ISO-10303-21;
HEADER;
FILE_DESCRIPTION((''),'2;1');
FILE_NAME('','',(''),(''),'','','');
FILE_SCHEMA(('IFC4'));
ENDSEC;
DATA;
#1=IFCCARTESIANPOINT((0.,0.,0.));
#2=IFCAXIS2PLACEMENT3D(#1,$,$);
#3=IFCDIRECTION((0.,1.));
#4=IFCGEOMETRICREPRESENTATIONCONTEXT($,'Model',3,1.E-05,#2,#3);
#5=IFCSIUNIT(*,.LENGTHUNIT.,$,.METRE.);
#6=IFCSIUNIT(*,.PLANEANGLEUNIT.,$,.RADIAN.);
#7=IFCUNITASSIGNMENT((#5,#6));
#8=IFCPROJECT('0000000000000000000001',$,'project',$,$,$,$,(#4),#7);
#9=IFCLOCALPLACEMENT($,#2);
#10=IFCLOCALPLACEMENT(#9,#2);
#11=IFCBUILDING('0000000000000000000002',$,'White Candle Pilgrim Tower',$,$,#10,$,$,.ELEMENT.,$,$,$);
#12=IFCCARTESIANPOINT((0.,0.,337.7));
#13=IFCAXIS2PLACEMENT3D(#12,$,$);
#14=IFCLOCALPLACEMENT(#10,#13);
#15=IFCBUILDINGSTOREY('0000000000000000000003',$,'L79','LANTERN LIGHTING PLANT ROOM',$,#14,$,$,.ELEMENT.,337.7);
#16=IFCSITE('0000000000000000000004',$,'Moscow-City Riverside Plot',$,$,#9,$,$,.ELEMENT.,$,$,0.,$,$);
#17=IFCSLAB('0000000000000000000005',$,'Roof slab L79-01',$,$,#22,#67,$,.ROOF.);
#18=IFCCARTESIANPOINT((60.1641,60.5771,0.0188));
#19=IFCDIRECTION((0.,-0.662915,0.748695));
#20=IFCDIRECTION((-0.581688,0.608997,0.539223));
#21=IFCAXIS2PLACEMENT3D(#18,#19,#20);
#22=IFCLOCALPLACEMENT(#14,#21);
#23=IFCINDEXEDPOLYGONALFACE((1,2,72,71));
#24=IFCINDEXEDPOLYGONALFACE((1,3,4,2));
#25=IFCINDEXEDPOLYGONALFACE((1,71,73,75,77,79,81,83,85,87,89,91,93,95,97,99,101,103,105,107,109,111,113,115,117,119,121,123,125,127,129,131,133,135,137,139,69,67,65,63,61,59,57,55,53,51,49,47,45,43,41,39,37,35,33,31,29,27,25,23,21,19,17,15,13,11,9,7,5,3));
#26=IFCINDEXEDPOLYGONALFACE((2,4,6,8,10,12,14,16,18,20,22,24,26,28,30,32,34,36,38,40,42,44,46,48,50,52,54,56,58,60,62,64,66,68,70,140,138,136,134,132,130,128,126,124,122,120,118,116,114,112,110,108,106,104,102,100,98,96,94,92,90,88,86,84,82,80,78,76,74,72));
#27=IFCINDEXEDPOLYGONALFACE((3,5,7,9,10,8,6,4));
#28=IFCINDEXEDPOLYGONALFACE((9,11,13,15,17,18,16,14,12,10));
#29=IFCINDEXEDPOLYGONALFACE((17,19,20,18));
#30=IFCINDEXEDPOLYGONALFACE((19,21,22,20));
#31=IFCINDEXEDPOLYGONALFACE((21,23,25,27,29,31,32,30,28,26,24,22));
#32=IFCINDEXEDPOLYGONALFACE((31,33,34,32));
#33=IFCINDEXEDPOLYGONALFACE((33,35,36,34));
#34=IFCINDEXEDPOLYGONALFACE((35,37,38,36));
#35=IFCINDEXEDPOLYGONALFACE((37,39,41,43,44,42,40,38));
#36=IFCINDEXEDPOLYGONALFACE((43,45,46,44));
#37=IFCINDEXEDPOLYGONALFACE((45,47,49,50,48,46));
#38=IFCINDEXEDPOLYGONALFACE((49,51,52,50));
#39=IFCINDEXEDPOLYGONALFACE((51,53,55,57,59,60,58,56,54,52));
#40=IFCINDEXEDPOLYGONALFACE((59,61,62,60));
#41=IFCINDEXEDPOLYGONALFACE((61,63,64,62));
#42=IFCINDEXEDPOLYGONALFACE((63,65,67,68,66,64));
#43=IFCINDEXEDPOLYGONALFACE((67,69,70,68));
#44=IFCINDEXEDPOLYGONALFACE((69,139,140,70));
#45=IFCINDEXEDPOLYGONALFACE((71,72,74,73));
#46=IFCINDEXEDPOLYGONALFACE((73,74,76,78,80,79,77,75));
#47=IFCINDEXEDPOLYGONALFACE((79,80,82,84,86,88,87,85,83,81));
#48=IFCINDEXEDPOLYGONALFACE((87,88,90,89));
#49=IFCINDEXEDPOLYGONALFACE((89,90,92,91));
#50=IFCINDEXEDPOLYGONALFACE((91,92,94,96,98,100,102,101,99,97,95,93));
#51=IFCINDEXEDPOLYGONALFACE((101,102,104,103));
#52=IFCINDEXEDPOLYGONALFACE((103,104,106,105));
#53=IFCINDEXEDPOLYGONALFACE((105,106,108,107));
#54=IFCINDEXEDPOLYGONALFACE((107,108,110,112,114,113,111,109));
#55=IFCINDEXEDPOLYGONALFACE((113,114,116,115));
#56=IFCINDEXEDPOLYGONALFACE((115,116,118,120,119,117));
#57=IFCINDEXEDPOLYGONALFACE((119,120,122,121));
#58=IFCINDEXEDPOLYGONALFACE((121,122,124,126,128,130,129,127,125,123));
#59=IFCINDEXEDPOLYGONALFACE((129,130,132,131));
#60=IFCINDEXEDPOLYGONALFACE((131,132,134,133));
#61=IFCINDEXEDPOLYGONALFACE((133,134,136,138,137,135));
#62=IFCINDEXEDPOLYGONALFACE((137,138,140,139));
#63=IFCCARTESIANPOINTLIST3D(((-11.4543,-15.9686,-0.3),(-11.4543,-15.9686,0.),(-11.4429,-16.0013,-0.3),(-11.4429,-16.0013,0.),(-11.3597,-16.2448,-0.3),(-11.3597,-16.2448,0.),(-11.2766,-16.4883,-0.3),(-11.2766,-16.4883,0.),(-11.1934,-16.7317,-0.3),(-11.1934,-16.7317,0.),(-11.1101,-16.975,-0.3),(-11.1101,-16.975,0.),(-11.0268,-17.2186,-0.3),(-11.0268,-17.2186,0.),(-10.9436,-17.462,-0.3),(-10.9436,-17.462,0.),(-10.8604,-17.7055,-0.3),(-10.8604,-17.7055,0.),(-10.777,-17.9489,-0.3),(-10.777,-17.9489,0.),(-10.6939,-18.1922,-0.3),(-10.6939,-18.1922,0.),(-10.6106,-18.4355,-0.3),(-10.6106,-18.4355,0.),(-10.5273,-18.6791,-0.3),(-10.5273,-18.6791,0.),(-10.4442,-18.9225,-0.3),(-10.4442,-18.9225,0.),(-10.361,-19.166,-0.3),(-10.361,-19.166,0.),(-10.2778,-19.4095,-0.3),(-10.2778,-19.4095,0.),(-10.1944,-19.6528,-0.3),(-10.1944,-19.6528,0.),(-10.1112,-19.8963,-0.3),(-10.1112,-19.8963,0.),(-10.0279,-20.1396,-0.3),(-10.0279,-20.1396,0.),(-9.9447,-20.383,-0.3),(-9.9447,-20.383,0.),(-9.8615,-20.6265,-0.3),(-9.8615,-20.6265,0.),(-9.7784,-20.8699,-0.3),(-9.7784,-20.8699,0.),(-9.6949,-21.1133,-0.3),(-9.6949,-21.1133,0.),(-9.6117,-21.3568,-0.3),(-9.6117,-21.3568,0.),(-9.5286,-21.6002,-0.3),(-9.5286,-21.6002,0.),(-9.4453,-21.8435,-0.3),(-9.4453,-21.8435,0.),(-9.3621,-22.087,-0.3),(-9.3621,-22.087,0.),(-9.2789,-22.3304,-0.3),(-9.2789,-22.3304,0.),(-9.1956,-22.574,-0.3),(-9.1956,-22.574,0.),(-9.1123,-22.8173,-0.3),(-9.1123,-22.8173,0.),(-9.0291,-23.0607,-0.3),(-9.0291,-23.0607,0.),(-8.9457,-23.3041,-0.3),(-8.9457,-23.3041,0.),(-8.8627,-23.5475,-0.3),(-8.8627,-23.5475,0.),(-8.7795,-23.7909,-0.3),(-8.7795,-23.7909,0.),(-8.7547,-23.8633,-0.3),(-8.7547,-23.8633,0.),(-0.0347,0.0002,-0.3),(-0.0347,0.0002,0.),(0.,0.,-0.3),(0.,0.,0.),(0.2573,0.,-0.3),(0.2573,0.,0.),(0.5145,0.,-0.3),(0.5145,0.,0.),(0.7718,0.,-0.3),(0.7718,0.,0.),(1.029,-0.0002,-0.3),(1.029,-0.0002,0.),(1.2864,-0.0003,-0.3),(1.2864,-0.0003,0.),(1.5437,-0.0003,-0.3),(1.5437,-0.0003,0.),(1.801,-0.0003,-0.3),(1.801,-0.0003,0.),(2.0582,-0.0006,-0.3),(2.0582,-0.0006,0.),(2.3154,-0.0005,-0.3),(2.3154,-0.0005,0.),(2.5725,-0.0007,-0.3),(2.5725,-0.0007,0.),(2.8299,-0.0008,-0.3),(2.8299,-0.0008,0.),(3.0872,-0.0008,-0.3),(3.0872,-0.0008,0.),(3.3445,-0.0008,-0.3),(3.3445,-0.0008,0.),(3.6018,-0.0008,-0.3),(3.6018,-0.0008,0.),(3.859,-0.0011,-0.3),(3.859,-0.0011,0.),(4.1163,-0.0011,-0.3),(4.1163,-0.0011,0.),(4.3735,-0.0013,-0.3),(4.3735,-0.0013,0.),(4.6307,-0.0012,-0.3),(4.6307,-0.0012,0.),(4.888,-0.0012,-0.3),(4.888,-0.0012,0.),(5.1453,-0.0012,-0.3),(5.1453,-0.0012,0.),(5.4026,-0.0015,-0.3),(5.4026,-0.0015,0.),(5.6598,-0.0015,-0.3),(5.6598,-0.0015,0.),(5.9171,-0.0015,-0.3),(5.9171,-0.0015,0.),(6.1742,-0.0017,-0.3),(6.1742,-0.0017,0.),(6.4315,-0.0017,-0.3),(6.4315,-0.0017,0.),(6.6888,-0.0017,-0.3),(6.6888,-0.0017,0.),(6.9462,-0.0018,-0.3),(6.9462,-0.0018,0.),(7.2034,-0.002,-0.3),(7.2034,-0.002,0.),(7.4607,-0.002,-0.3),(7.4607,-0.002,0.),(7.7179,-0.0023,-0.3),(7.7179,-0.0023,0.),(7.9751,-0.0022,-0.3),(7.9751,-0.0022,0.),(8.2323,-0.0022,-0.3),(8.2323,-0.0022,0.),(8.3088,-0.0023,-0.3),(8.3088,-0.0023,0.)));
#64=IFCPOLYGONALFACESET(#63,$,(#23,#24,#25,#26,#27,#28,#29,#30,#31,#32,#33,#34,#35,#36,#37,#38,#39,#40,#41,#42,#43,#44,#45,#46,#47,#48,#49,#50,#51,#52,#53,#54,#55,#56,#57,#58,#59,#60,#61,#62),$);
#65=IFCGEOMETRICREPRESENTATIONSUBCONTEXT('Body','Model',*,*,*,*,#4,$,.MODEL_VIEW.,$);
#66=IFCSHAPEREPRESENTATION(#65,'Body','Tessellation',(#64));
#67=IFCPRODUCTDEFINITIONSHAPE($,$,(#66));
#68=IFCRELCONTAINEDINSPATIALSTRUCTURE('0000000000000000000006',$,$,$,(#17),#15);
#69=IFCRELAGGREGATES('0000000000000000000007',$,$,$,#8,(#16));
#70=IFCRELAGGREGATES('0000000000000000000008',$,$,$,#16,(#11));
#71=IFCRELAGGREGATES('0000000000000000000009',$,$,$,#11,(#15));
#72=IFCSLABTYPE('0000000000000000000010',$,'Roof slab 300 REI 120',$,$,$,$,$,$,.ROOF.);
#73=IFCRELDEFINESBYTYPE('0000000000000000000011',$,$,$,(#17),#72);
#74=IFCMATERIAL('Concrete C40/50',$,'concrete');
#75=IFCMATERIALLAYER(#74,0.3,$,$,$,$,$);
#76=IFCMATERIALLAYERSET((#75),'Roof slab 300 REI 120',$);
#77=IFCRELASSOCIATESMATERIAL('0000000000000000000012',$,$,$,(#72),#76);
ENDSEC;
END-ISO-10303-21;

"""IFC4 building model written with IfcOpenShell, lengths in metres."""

from ifc_helpers import new_model, si_unit, direction, frame, origin, place, context, subcontext, project, spatial, polyline, outline, extrude, material, layer, layer_set, type_object, element, save


model = new_model("IFC4")

# Units and contexts
model_context = context("Model", 3, precision=1e-05, world=origin(), true_north=direction((0.0, 1.0)))
body_context = subcontext(model_context, "Body", "Model", "MODEL_VIEW")
ifc_project = project(units=[si_unit("LENGTHUNIT", "METRE"), si_unit("PLANEANGLEUNIT", "RADIAN")], contexts=[model_context])

# Site, building, storey
site_placement = place(None, origin())
site = spatial("IfcSite", under=ifc_project, at=site_placement, Name="Moscow-City Riverside Plot", CompositionType="ELEMENT", RefElevation=0.0)
building_placement = place(site_placement, origin())
building = spatial("IfcBuilding", under=site, at=building_placement, Name="White Candle Pilgrim Tower", CompositionType="ELEMENT")
storey_placement = place(building_placement, frame((0.0, 0.0, 337.7)))
storey = spatial("IfcBuildingStorey", under=building, at=storey_placement, Name="L79", Description="LANTERN LIGHTING PLANT ROOM", CompositionType="ELEMENT", Elevation=337.7)

# Slab
ifc_material_1 = material(Name="Concrete C40/50", Category="concrete")
ifc_layer_1 = layer(ifc_material_1, 0.3)
ifc_layer_set_1 = layer_set([ifc_layer_1], Name="Roof slab 300 REI 120")
slab_type_1 = type_object("IfcSlabType", Name="Roof slab 300 REI 120", PredefinedType="ROOF", material=ifc_layer_set_1)
slab_1_placement = place(storey_placement, frame((60.1641, 60.5771, 0.0188), z_axis=(0.0, -0.662915, 0.748695), x_axis=(-0.581688, 0.608997, 0.539223)))
element("IfcSlab", 1, at=slab_1_placement, inside=storey, type_object=slab_type_1, Name="Roof slab L79-01", PredefinedType="ROOF", context=body_context, shape_type="SweptSolid", body=[
    extrude(outline(polyline([(0.0, 0.0), (0.2573, 0.0), (0.5145, 0.0), (0.7718, 0.0), (1.029, -0.0002), (1.2864, -0.0003), (1.5437, -0.0003), (1.801, -0.0003), (2.0582, -0.0006), (2.3154, -0.0005), (2.5725, -0.0007), (2.8299, -0.0008), (3.0872, -0.0008), (3.3445, -0.0008), (3.6018, -0.0008), (3.859, -0.0011), (4.1163, -0.0011), (4.3735, -0.0013), (4.6307, -0.0012), (4.888, -0.0012), (5.1453, -0.0012), (5.4026, -0.0015), (5.6598, -0.0015), (5.9171, -0.0015), (6.1742, -0.0017), (6.4315, -0.0017), (6.6888, -0.0017), (6.9462, -0.0018), (7.2034, -0.002), (7.4607, -0.002), (7.7179, -0.0023), (7.9751, -0.0022), (8.2323, -0.0022), (8.3088, -0.0023), (-8.7547, -23.8633), (-8.7795, -23.7909), (-8.8627, -23.5475), (-8.9457, -23.3041), (-9.0291, -23.0607), (-9.1123, -22.8173), (-9.1956, -22.574), (-9.2789, -22.3304), (-9.3621, -22.087), (-9.4453, -21.8435), (-9.5286, -21.6002), (-9.6117, -21.3568), (-9.6949, -21.1133), (-9.7784, -20.8699), (-9.8615, -20.6265), (-9.9447, -20.383), (-10.0279, -20.1396), (-10.1112, -19.8963), (-10.1944, -19.6528), (-10.2778, -19.4095), (-10.361, -19.166), (-10.4442, -18.9225), (-10.5273, -18.6791), (-10.6106, -18.4355), (-10.6939, -18.1922), (-10.777, -17.9489), (-10.8604, -17.7055), (-10.9436, -17.462), (-11.0268, -17.2186), (-11.1101, -16.975), (-11.1934, -16.7317), (-11.2766, -16.4883), (-11.3597, -16.2448), (-11.4429, -16.0013), (-11.4543, -15.9686), (-0.0347, 0.0002), (0.0, 0.0)])), origin(), (0.0, 0.0, -1.0), 0.3),
])

save(model, "model.ifc")
